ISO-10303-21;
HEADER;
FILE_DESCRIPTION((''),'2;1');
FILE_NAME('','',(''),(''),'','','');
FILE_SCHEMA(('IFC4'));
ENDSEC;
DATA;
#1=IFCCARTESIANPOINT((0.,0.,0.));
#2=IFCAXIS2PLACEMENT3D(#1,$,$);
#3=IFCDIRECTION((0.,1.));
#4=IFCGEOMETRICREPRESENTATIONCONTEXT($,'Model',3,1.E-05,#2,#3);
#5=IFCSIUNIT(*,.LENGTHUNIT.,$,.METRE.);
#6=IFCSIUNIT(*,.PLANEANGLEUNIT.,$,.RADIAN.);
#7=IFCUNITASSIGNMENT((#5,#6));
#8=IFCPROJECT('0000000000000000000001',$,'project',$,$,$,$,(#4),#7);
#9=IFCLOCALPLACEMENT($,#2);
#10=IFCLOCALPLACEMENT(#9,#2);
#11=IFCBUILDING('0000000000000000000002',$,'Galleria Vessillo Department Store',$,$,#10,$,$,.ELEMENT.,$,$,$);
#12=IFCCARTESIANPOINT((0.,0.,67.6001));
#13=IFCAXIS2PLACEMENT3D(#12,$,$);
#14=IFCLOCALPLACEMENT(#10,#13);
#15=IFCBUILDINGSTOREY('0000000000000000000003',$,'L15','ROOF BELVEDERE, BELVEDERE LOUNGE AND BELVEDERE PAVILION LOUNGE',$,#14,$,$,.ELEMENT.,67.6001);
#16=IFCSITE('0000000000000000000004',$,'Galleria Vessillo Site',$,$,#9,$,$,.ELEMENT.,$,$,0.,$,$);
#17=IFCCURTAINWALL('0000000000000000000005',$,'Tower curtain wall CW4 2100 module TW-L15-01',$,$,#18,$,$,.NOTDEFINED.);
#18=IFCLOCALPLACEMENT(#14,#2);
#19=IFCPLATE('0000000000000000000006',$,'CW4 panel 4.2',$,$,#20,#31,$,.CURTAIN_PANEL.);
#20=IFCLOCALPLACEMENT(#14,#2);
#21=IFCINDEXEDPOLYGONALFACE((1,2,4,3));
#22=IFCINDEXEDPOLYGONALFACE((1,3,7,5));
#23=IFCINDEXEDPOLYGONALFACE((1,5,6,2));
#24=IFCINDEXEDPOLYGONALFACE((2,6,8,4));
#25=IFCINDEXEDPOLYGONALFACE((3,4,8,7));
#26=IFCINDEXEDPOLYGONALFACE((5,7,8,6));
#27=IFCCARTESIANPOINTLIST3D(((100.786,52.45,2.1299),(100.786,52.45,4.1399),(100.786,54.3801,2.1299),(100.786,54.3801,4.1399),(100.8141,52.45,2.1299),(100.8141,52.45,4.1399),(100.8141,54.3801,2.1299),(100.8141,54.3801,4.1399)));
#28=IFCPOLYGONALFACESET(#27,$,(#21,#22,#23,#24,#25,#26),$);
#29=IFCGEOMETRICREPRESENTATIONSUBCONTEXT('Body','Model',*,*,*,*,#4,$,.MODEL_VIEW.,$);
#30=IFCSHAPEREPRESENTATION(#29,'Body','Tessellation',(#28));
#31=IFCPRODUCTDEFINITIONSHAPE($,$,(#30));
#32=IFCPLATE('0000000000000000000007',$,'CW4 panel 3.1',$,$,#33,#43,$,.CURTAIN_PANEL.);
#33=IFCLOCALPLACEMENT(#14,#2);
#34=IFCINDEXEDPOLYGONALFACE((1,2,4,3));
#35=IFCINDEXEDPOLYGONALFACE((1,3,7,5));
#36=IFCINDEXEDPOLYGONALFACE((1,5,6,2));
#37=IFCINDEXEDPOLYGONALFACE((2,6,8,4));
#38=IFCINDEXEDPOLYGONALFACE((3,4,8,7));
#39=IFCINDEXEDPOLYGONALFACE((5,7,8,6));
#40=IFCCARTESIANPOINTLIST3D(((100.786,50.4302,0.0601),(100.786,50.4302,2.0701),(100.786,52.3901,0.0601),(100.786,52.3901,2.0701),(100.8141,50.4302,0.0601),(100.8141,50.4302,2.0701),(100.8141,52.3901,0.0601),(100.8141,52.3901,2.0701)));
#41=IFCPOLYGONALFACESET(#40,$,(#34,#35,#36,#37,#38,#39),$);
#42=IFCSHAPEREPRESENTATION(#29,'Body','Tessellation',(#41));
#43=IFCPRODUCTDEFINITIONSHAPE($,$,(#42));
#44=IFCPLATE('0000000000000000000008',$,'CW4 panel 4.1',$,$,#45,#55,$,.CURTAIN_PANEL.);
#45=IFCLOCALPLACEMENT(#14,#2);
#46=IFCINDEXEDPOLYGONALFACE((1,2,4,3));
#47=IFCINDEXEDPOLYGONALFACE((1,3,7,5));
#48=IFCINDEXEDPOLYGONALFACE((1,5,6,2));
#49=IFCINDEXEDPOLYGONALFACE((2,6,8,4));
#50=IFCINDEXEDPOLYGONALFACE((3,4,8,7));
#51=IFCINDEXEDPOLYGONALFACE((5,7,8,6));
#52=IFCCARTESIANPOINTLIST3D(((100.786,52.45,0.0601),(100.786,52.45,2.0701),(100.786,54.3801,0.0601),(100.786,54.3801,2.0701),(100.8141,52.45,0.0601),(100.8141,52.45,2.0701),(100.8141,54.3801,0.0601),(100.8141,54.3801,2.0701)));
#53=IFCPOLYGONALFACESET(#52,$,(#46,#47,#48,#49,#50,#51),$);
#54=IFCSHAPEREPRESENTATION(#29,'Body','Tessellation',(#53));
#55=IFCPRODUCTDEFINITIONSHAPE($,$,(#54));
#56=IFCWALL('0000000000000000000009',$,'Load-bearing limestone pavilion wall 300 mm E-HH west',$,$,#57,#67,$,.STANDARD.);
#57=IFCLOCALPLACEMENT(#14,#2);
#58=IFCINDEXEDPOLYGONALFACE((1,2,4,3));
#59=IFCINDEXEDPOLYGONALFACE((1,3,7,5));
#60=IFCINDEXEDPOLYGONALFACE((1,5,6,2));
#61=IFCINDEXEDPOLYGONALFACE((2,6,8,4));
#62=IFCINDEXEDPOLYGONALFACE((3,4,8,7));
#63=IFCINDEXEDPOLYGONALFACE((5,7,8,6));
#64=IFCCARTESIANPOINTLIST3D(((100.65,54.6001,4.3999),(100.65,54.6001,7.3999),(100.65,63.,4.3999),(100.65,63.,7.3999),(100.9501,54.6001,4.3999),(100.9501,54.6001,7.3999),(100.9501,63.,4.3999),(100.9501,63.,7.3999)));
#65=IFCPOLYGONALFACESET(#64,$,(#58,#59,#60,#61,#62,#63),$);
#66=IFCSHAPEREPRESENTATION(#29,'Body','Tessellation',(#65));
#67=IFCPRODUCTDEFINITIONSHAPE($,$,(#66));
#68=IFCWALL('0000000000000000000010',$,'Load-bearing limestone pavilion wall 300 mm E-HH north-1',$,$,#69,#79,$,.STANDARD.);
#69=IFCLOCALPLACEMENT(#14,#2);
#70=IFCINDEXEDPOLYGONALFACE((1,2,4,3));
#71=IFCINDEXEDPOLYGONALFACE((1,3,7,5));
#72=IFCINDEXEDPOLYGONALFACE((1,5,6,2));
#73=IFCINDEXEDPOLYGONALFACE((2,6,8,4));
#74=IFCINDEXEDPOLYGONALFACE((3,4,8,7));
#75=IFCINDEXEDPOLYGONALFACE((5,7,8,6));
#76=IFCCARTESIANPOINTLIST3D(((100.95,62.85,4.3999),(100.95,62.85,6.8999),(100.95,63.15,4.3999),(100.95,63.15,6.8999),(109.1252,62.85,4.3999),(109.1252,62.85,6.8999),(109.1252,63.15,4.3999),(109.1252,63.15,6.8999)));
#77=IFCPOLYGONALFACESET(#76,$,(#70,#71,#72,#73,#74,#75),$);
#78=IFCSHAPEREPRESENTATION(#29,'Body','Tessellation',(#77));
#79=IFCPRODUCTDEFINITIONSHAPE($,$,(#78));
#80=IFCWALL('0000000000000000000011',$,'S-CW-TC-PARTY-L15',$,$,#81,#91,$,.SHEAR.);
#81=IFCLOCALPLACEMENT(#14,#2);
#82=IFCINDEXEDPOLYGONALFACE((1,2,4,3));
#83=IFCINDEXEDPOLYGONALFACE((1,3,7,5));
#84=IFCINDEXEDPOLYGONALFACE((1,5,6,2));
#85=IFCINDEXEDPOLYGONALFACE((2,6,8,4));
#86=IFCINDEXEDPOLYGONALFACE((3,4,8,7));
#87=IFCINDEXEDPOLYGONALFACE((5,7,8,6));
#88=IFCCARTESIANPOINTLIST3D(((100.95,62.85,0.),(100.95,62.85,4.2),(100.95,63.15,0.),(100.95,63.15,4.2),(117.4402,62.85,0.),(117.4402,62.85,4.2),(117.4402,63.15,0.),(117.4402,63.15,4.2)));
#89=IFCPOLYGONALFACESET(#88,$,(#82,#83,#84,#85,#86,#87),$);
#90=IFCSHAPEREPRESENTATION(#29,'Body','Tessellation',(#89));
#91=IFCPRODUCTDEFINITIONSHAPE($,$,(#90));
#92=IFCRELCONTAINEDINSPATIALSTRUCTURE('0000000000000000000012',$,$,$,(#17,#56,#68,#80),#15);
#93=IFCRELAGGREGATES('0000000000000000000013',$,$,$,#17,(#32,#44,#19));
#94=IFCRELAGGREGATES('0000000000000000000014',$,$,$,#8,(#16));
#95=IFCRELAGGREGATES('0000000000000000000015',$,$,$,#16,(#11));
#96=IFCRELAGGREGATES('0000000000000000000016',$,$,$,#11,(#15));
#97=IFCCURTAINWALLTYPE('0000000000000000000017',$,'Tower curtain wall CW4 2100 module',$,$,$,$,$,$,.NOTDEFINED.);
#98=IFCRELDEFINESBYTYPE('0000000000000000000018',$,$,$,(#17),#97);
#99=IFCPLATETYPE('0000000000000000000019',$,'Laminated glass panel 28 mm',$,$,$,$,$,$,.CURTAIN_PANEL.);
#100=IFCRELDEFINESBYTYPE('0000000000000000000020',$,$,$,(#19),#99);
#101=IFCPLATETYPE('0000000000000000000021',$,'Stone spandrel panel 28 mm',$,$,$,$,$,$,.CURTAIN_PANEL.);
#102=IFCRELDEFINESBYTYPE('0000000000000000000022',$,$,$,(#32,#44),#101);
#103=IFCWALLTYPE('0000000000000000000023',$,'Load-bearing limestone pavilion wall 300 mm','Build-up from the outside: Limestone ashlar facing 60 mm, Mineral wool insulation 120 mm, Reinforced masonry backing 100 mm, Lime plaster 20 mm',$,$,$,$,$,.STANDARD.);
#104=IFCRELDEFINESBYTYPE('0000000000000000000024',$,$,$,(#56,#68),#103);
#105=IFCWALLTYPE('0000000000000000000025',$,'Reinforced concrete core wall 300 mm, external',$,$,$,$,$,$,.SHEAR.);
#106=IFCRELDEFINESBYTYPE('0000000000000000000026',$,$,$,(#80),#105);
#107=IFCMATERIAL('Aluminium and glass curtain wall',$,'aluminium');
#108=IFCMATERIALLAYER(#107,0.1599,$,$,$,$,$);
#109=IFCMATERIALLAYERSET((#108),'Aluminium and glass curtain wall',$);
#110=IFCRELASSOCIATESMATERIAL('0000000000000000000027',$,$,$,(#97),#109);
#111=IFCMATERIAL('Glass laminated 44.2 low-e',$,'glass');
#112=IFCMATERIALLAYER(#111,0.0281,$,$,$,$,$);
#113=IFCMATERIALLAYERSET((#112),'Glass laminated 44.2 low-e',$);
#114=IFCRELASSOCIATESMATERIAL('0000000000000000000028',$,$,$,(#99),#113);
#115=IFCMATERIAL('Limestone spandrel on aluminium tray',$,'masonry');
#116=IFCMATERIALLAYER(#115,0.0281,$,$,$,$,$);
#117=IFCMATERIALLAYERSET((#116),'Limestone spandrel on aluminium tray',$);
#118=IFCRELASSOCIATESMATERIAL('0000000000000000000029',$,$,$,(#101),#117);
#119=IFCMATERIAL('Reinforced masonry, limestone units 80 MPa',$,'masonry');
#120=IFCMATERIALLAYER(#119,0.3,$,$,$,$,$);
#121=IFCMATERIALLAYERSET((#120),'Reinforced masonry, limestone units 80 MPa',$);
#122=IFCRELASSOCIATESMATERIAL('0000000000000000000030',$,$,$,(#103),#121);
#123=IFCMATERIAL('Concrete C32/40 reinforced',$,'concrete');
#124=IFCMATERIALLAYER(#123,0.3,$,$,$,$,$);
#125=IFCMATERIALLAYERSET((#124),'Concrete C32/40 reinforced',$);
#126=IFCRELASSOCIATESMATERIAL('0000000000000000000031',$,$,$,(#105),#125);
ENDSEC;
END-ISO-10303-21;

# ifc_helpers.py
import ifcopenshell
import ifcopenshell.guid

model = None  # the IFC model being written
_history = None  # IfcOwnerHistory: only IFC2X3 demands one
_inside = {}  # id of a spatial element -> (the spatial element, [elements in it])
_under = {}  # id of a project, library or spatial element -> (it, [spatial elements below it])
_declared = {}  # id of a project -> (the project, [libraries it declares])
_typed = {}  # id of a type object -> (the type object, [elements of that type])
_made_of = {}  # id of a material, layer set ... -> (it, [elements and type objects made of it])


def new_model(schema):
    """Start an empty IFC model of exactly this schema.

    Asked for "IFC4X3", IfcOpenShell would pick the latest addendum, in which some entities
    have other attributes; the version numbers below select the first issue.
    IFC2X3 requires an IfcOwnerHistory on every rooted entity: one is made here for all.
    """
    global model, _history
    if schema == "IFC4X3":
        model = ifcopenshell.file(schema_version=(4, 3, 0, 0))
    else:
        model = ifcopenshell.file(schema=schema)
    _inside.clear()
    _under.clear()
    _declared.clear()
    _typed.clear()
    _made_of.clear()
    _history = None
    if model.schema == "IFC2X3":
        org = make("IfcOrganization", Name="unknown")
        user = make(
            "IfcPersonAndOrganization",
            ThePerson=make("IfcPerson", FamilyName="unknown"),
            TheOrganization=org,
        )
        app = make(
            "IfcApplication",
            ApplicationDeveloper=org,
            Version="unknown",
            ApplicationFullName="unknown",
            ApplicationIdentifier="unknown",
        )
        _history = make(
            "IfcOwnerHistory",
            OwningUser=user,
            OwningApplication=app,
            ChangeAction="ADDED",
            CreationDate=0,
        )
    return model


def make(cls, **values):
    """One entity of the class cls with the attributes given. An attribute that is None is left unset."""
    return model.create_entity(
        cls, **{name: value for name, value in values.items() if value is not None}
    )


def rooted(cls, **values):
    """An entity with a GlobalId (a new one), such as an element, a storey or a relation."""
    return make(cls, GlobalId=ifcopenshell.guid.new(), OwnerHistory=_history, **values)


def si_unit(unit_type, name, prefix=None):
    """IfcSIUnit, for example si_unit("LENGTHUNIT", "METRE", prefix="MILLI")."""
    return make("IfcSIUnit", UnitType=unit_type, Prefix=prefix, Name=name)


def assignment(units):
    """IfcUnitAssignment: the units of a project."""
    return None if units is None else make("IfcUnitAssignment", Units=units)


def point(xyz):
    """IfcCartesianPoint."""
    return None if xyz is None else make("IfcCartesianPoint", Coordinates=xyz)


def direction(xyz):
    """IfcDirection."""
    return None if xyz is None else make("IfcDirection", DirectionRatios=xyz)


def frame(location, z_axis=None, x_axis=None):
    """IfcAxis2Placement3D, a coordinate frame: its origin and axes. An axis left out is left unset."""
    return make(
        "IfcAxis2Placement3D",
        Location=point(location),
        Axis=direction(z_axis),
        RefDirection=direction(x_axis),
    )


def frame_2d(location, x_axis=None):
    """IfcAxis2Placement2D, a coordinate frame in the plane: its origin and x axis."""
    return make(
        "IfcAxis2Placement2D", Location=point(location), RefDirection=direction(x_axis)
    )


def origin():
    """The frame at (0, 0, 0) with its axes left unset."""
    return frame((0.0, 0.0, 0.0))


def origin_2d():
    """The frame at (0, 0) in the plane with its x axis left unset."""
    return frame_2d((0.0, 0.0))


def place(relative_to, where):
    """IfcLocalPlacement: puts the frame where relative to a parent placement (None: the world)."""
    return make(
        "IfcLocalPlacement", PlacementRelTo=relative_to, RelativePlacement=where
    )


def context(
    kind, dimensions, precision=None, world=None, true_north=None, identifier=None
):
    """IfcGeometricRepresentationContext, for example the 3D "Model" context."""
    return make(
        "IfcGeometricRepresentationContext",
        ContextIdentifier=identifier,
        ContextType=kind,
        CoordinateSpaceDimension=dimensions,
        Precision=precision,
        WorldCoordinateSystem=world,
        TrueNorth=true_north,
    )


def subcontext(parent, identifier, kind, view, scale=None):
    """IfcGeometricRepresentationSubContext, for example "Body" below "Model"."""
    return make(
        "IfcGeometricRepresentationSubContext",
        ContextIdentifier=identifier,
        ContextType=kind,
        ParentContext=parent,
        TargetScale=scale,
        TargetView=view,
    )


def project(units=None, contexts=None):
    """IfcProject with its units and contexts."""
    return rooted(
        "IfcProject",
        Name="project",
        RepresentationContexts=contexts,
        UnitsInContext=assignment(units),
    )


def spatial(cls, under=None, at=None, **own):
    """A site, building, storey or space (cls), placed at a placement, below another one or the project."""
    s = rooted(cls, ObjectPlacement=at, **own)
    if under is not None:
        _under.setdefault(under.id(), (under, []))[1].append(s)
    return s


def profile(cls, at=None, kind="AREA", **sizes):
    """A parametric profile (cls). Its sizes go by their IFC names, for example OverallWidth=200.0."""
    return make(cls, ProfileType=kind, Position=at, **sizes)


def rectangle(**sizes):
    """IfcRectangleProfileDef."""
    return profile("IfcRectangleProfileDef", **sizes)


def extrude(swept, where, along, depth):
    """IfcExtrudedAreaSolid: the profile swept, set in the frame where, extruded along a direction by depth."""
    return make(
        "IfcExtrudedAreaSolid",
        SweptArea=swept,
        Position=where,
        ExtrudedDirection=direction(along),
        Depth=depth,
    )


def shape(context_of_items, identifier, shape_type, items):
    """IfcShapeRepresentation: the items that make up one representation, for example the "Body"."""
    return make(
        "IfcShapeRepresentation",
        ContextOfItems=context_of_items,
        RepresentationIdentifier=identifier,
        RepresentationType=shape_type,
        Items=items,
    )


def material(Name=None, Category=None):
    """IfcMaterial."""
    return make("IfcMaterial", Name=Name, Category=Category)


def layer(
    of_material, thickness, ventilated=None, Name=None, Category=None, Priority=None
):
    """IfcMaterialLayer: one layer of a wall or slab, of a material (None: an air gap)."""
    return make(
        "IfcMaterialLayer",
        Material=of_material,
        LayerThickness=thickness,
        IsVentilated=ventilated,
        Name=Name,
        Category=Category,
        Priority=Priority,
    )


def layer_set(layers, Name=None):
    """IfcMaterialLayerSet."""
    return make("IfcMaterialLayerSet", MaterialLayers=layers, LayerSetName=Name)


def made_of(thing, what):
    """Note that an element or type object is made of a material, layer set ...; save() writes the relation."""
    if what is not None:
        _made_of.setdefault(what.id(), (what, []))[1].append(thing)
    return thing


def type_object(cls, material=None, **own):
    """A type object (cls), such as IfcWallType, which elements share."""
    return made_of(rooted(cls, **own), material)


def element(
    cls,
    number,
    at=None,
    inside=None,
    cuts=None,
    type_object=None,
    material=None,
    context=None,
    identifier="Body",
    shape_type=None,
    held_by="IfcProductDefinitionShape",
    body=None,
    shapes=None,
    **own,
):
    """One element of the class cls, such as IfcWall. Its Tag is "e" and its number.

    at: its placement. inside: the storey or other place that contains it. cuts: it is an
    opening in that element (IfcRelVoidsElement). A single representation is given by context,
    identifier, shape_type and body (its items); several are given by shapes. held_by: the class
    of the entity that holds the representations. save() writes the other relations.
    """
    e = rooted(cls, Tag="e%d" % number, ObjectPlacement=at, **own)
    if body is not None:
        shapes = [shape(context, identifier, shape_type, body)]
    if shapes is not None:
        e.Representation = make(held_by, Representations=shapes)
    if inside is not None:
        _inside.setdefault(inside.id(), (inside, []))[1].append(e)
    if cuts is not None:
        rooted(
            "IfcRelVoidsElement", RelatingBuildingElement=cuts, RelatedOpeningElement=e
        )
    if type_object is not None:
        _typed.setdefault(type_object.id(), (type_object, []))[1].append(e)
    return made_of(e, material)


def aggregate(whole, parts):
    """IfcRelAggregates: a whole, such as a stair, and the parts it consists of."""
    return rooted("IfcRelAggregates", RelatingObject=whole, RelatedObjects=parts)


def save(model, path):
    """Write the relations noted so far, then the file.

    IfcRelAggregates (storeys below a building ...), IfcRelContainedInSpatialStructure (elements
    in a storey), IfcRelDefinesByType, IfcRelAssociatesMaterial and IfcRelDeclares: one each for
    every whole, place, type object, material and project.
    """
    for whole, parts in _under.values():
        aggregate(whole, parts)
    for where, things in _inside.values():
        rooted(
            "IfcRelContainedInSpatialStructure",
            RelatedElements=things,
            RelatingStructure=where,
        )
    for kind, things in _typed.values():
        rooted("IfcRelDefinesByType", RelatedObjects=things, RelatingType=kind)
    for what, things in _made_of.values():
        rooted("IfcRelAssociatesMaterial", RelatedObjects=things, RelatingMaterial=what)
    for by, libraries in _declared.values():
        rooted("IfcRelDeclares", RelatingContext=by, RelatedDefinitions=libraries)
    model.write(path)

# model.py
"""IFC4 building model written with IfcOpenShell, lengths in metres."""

from ifc_helpers import new_model, si_unit, direction, frame, frame_2d, origin, origin_2d, place, context, subcontext, project, spatial, rectangle, extrude, material, layer, layer_set, type_object, element, aggregate, save


model = new_model("IFC4")

# Units and contexts
model_context = context("Model", 3, precision=1e-05, world=origin(), true_north=direction((0.0, 1.0)))
body_context = subcontext(model_context, "Body", "Model", "MODEL_VIEW")
ifc_project = project(units=[si_unit("LENGTHUNIT", "METRE"), si_unit("PLANEANGLEUNIT", "RADIAN")], contexts=[model_context])

# Site, building, storey
site_placement = place(None, origin())
site = spatial("IfcSite", under=ifc_project, at=site_placement, Name="Galleria Vessillo Site", CompositionType="ELEMENT", RefElevation=0.0)
building_placement = place(site_placement, origin())
building = spatial("IfcBuilding", under=site, at=building_placement, Name="Galleria Vessillo Department Store", CompositionType="ELEMENT")
storey_placement = place(building_placement, frame((0.0, 0.0, 67.6001)))
storey = spatial("IfcBuildingStorey", under=building, at=storey_placement, Name="L15", Description="ROOF BELVEDERE, BELVEDERE LOUNGE AND BELVEDERE PAVILION LOUNGE", CompositionType="ELEMENT", Elevation=67.6001)

# Curtain wall
ifc_material_1 = material(Name="Aluminium and glass curtain wall", Category="aluminium")
ifc_layer_1 = layer(ifc_material_1, 0.1599)
ifc_layer_set_1 = layer_set([ifc_layer_1], Name="Aluminium and glass curtain wall")
curtain_wall_type = type_object("IfcCurtainWallType", Name="Tower curtain wall CW4 2100 module", PredefinedType="NOTDEFINED", material=ifc_layer_set_1)
curtain_wall_placement = place(storey_placement, origin())
curtain_wall = element("IfcCurtainWall", 1, at=curtain_wall_placement, inside=storey, type_object=curtain_wall_type, Name="Tower curtain wall CW4 2100 module TW-L15-01", PredefinedType="NOTDEFINED")

# Plates
ifc_material_2 = material(Name="Glass laminated 44.2 low-e", Category="glass")
ifc_layer_2 = layer(ifc_material_2, 0.0281)
ifc_layer_set_2 = layer_set([ifc_layer_2], Name="Glass laminated 44.2 low-e")
plate_type_1 = type_object("IfcPlateType", Name="Laminated glass panel 28 mm", PredefinedType="CURTAIN_PANEL", material=ifc_layer_set_2)
plate_1_placement = place(storey_placement, frame((100.8, 53.415, 2.1299), z_axis=(0.0, 0.0, 1.0), x_axis=(0.0, 1.0, 0.0)))
plate_1 = element("IfcPlate", 2, at=plate_1_placement, type_object=plate_type_1, Name="CW4 panel 4.2", PredefinedType="CURTAIN_PANEL", context=body_context, shape_type="SweptSolid", body=[
    extrude(rectangle(XDim=1.9302, YDim=0.0281, at=origin_2d()), origin(), (0.0, 0.0, 1.0), 2.01),
])
ifc_material_3 = material(Name="Limestone spandrel on aluminium tray", Category="masonry")
ifc_layer_3 = layer(ifc_material_3, 0.0281)
ifc_layer_set_3 = layer_set([ifc_layer_3], Name="Limestone spandrel on aluminium tray")
plate_type_2 = type_object("IfcPlateType", Name="Stone spandrel panel 28 mm", PredefinedType="CURTAIN_PANEL", material=ifc_layer_set_3)
plate_2_placement = place(storey_placement, frame((100.8, 51.4102, 0.0601), z_axis=(0.0, 0.0, 1.0), x_axis=(0.0, 1.0, 0.0)))
plate_2 = element("IfcPlate", 3, at=plate_2_placement, type_object=plate_type_2, Name="CW4 panel 3.1", PredefinedType="CURTAIN_PANEL", context=body_context, shape_type="SweptSolid", body=[
    extrude(rectangle(XDim=1.96, YDim=0.0281, at=origin_2d()), origin(), (0.0, 0.0, 1.0), 2.01),
])
plate_3_placement = place(storey_placement, frame((100.8, 53.415, 0.0601), z_axis=(0.0, 0.0, 1.0), x_axis=(0.0, 1.0, 0.0)))
plate_3 = element("IfcPlate", 4, at=plate_3_placement, type_object=plate_type_2, Name="CW4 panel 4.1", PredefinedType="CURTAIN_PANEL", context=body_context, shape_type="SweptSolid", body=[
    extrude(rectangle(XDim=1.9302, YDim=0.0281, at=origin_2d()), origin(), (0.0, 0.0, 1.0), 2.01),
])
aggregate(curtain_wall, [plate_2, plate_3, plate_1])

# Wall
ifc_material_4 = material(Name="Reinforced masonry, limestone units 80 MPa", Category="masonry")
ifc_layer_4 = layer(ifc_material_4, 0.3)
ifc_layer_set_4 = layer_set([ifc_layer_4], Name="Reinforced masonry, limestone units 80 MPa")
wall_type_1 = type_object("IfcWallType", Name="Load-bearing limestone pavilion wall 300 mm", Description="Build-up from the outside: Limestone ashlar facing 60 mm, Mineral wool insulation 120 mm, Reinforced masonry backing 100 mm, Lime plaster 20 mm", PredefinedType="STANDARD", material=ifc_layer_set_4)
wall_1_placement = place(storey_placement, frame((100.8, 54.6001, 4.3999), z_axis=(0.0, 0.0, 1.0), x_axis=(0.0, 1.0, 0.0)))
element("IfcWall", 5, at=wall_1_placement, inside=storey, type_object=wall_type_1, Name="Load-bearing limestone pavilion wall 300 mm E-HH west", PredefinedType="STANDARD", context=body_context, shape_type="SweptSolid", body=[
    extrude(rectangle(XDim=8.3999, YDim=0.3, at=frame_2d((4.2, 0.0))), origin(), (0.0, 0.0, 1.0), 3.0),
])

# Wall
wall_2_placement = place(storey_placement, frame((100.95, 63.0, 4.3999), z_axis=(0.0, 0.0, 1.0), x_axis=(1.0, 0.0, 0.0)))
element("IfcWall", 6, at=wall_2_placement, inside=storey, type_object=wall_type_1, Name="Load-bearing limestone pavilion wall 300 mm E-HH north-1", PredefinedType="STANDARD", context=body_context, shape_type="SweptSolid", body=[
    extrude(rectangle(XDim=8.1753, YDim=0.3, at=frame_2d((4.0876, 0.0))), origin(), (0.0, 0.0, 1.0), 2.5),
])

# Wall
ifc_material_5 = material(Name="Concrete C32/40 reinforced", Category="concrete")
ifc_layer_5 = layer(ifc_material_5, 0.3)
ifc_layer_set_5 = layer_set([ifc_layer_5], Name="Concrete C32/40 reinforced")
wall_type_2 = type_object("IfcWallType", Name="Reinforced concrete core wall 300 mm, external", PredefinedType="SHEAR", material=ifc_layer_set_5)
wall_3_placement = place(storey_placement, frame((100.95, 63.0, 0.0), z_axis=(0.0, 0.0, 1.0), x_axis=(1.0, 0.0, 0.0)))
element("IfcWall", 7, at=wall_3_placement, inside=storey, type_object=wall_type_2, Name="S-CW-TC-PARTY-L15", PredefinedType="SHEAR", context=body_context, shape_type="SweptSolid", body=[
    extrude(rectangle(XDim=16.4902, YDim=0.3, at=frame_2d((8.2451, 0.0))), origin(), (0.0, 0.0, 1.0), 4.2),
])

save(model, "model.ifc")
